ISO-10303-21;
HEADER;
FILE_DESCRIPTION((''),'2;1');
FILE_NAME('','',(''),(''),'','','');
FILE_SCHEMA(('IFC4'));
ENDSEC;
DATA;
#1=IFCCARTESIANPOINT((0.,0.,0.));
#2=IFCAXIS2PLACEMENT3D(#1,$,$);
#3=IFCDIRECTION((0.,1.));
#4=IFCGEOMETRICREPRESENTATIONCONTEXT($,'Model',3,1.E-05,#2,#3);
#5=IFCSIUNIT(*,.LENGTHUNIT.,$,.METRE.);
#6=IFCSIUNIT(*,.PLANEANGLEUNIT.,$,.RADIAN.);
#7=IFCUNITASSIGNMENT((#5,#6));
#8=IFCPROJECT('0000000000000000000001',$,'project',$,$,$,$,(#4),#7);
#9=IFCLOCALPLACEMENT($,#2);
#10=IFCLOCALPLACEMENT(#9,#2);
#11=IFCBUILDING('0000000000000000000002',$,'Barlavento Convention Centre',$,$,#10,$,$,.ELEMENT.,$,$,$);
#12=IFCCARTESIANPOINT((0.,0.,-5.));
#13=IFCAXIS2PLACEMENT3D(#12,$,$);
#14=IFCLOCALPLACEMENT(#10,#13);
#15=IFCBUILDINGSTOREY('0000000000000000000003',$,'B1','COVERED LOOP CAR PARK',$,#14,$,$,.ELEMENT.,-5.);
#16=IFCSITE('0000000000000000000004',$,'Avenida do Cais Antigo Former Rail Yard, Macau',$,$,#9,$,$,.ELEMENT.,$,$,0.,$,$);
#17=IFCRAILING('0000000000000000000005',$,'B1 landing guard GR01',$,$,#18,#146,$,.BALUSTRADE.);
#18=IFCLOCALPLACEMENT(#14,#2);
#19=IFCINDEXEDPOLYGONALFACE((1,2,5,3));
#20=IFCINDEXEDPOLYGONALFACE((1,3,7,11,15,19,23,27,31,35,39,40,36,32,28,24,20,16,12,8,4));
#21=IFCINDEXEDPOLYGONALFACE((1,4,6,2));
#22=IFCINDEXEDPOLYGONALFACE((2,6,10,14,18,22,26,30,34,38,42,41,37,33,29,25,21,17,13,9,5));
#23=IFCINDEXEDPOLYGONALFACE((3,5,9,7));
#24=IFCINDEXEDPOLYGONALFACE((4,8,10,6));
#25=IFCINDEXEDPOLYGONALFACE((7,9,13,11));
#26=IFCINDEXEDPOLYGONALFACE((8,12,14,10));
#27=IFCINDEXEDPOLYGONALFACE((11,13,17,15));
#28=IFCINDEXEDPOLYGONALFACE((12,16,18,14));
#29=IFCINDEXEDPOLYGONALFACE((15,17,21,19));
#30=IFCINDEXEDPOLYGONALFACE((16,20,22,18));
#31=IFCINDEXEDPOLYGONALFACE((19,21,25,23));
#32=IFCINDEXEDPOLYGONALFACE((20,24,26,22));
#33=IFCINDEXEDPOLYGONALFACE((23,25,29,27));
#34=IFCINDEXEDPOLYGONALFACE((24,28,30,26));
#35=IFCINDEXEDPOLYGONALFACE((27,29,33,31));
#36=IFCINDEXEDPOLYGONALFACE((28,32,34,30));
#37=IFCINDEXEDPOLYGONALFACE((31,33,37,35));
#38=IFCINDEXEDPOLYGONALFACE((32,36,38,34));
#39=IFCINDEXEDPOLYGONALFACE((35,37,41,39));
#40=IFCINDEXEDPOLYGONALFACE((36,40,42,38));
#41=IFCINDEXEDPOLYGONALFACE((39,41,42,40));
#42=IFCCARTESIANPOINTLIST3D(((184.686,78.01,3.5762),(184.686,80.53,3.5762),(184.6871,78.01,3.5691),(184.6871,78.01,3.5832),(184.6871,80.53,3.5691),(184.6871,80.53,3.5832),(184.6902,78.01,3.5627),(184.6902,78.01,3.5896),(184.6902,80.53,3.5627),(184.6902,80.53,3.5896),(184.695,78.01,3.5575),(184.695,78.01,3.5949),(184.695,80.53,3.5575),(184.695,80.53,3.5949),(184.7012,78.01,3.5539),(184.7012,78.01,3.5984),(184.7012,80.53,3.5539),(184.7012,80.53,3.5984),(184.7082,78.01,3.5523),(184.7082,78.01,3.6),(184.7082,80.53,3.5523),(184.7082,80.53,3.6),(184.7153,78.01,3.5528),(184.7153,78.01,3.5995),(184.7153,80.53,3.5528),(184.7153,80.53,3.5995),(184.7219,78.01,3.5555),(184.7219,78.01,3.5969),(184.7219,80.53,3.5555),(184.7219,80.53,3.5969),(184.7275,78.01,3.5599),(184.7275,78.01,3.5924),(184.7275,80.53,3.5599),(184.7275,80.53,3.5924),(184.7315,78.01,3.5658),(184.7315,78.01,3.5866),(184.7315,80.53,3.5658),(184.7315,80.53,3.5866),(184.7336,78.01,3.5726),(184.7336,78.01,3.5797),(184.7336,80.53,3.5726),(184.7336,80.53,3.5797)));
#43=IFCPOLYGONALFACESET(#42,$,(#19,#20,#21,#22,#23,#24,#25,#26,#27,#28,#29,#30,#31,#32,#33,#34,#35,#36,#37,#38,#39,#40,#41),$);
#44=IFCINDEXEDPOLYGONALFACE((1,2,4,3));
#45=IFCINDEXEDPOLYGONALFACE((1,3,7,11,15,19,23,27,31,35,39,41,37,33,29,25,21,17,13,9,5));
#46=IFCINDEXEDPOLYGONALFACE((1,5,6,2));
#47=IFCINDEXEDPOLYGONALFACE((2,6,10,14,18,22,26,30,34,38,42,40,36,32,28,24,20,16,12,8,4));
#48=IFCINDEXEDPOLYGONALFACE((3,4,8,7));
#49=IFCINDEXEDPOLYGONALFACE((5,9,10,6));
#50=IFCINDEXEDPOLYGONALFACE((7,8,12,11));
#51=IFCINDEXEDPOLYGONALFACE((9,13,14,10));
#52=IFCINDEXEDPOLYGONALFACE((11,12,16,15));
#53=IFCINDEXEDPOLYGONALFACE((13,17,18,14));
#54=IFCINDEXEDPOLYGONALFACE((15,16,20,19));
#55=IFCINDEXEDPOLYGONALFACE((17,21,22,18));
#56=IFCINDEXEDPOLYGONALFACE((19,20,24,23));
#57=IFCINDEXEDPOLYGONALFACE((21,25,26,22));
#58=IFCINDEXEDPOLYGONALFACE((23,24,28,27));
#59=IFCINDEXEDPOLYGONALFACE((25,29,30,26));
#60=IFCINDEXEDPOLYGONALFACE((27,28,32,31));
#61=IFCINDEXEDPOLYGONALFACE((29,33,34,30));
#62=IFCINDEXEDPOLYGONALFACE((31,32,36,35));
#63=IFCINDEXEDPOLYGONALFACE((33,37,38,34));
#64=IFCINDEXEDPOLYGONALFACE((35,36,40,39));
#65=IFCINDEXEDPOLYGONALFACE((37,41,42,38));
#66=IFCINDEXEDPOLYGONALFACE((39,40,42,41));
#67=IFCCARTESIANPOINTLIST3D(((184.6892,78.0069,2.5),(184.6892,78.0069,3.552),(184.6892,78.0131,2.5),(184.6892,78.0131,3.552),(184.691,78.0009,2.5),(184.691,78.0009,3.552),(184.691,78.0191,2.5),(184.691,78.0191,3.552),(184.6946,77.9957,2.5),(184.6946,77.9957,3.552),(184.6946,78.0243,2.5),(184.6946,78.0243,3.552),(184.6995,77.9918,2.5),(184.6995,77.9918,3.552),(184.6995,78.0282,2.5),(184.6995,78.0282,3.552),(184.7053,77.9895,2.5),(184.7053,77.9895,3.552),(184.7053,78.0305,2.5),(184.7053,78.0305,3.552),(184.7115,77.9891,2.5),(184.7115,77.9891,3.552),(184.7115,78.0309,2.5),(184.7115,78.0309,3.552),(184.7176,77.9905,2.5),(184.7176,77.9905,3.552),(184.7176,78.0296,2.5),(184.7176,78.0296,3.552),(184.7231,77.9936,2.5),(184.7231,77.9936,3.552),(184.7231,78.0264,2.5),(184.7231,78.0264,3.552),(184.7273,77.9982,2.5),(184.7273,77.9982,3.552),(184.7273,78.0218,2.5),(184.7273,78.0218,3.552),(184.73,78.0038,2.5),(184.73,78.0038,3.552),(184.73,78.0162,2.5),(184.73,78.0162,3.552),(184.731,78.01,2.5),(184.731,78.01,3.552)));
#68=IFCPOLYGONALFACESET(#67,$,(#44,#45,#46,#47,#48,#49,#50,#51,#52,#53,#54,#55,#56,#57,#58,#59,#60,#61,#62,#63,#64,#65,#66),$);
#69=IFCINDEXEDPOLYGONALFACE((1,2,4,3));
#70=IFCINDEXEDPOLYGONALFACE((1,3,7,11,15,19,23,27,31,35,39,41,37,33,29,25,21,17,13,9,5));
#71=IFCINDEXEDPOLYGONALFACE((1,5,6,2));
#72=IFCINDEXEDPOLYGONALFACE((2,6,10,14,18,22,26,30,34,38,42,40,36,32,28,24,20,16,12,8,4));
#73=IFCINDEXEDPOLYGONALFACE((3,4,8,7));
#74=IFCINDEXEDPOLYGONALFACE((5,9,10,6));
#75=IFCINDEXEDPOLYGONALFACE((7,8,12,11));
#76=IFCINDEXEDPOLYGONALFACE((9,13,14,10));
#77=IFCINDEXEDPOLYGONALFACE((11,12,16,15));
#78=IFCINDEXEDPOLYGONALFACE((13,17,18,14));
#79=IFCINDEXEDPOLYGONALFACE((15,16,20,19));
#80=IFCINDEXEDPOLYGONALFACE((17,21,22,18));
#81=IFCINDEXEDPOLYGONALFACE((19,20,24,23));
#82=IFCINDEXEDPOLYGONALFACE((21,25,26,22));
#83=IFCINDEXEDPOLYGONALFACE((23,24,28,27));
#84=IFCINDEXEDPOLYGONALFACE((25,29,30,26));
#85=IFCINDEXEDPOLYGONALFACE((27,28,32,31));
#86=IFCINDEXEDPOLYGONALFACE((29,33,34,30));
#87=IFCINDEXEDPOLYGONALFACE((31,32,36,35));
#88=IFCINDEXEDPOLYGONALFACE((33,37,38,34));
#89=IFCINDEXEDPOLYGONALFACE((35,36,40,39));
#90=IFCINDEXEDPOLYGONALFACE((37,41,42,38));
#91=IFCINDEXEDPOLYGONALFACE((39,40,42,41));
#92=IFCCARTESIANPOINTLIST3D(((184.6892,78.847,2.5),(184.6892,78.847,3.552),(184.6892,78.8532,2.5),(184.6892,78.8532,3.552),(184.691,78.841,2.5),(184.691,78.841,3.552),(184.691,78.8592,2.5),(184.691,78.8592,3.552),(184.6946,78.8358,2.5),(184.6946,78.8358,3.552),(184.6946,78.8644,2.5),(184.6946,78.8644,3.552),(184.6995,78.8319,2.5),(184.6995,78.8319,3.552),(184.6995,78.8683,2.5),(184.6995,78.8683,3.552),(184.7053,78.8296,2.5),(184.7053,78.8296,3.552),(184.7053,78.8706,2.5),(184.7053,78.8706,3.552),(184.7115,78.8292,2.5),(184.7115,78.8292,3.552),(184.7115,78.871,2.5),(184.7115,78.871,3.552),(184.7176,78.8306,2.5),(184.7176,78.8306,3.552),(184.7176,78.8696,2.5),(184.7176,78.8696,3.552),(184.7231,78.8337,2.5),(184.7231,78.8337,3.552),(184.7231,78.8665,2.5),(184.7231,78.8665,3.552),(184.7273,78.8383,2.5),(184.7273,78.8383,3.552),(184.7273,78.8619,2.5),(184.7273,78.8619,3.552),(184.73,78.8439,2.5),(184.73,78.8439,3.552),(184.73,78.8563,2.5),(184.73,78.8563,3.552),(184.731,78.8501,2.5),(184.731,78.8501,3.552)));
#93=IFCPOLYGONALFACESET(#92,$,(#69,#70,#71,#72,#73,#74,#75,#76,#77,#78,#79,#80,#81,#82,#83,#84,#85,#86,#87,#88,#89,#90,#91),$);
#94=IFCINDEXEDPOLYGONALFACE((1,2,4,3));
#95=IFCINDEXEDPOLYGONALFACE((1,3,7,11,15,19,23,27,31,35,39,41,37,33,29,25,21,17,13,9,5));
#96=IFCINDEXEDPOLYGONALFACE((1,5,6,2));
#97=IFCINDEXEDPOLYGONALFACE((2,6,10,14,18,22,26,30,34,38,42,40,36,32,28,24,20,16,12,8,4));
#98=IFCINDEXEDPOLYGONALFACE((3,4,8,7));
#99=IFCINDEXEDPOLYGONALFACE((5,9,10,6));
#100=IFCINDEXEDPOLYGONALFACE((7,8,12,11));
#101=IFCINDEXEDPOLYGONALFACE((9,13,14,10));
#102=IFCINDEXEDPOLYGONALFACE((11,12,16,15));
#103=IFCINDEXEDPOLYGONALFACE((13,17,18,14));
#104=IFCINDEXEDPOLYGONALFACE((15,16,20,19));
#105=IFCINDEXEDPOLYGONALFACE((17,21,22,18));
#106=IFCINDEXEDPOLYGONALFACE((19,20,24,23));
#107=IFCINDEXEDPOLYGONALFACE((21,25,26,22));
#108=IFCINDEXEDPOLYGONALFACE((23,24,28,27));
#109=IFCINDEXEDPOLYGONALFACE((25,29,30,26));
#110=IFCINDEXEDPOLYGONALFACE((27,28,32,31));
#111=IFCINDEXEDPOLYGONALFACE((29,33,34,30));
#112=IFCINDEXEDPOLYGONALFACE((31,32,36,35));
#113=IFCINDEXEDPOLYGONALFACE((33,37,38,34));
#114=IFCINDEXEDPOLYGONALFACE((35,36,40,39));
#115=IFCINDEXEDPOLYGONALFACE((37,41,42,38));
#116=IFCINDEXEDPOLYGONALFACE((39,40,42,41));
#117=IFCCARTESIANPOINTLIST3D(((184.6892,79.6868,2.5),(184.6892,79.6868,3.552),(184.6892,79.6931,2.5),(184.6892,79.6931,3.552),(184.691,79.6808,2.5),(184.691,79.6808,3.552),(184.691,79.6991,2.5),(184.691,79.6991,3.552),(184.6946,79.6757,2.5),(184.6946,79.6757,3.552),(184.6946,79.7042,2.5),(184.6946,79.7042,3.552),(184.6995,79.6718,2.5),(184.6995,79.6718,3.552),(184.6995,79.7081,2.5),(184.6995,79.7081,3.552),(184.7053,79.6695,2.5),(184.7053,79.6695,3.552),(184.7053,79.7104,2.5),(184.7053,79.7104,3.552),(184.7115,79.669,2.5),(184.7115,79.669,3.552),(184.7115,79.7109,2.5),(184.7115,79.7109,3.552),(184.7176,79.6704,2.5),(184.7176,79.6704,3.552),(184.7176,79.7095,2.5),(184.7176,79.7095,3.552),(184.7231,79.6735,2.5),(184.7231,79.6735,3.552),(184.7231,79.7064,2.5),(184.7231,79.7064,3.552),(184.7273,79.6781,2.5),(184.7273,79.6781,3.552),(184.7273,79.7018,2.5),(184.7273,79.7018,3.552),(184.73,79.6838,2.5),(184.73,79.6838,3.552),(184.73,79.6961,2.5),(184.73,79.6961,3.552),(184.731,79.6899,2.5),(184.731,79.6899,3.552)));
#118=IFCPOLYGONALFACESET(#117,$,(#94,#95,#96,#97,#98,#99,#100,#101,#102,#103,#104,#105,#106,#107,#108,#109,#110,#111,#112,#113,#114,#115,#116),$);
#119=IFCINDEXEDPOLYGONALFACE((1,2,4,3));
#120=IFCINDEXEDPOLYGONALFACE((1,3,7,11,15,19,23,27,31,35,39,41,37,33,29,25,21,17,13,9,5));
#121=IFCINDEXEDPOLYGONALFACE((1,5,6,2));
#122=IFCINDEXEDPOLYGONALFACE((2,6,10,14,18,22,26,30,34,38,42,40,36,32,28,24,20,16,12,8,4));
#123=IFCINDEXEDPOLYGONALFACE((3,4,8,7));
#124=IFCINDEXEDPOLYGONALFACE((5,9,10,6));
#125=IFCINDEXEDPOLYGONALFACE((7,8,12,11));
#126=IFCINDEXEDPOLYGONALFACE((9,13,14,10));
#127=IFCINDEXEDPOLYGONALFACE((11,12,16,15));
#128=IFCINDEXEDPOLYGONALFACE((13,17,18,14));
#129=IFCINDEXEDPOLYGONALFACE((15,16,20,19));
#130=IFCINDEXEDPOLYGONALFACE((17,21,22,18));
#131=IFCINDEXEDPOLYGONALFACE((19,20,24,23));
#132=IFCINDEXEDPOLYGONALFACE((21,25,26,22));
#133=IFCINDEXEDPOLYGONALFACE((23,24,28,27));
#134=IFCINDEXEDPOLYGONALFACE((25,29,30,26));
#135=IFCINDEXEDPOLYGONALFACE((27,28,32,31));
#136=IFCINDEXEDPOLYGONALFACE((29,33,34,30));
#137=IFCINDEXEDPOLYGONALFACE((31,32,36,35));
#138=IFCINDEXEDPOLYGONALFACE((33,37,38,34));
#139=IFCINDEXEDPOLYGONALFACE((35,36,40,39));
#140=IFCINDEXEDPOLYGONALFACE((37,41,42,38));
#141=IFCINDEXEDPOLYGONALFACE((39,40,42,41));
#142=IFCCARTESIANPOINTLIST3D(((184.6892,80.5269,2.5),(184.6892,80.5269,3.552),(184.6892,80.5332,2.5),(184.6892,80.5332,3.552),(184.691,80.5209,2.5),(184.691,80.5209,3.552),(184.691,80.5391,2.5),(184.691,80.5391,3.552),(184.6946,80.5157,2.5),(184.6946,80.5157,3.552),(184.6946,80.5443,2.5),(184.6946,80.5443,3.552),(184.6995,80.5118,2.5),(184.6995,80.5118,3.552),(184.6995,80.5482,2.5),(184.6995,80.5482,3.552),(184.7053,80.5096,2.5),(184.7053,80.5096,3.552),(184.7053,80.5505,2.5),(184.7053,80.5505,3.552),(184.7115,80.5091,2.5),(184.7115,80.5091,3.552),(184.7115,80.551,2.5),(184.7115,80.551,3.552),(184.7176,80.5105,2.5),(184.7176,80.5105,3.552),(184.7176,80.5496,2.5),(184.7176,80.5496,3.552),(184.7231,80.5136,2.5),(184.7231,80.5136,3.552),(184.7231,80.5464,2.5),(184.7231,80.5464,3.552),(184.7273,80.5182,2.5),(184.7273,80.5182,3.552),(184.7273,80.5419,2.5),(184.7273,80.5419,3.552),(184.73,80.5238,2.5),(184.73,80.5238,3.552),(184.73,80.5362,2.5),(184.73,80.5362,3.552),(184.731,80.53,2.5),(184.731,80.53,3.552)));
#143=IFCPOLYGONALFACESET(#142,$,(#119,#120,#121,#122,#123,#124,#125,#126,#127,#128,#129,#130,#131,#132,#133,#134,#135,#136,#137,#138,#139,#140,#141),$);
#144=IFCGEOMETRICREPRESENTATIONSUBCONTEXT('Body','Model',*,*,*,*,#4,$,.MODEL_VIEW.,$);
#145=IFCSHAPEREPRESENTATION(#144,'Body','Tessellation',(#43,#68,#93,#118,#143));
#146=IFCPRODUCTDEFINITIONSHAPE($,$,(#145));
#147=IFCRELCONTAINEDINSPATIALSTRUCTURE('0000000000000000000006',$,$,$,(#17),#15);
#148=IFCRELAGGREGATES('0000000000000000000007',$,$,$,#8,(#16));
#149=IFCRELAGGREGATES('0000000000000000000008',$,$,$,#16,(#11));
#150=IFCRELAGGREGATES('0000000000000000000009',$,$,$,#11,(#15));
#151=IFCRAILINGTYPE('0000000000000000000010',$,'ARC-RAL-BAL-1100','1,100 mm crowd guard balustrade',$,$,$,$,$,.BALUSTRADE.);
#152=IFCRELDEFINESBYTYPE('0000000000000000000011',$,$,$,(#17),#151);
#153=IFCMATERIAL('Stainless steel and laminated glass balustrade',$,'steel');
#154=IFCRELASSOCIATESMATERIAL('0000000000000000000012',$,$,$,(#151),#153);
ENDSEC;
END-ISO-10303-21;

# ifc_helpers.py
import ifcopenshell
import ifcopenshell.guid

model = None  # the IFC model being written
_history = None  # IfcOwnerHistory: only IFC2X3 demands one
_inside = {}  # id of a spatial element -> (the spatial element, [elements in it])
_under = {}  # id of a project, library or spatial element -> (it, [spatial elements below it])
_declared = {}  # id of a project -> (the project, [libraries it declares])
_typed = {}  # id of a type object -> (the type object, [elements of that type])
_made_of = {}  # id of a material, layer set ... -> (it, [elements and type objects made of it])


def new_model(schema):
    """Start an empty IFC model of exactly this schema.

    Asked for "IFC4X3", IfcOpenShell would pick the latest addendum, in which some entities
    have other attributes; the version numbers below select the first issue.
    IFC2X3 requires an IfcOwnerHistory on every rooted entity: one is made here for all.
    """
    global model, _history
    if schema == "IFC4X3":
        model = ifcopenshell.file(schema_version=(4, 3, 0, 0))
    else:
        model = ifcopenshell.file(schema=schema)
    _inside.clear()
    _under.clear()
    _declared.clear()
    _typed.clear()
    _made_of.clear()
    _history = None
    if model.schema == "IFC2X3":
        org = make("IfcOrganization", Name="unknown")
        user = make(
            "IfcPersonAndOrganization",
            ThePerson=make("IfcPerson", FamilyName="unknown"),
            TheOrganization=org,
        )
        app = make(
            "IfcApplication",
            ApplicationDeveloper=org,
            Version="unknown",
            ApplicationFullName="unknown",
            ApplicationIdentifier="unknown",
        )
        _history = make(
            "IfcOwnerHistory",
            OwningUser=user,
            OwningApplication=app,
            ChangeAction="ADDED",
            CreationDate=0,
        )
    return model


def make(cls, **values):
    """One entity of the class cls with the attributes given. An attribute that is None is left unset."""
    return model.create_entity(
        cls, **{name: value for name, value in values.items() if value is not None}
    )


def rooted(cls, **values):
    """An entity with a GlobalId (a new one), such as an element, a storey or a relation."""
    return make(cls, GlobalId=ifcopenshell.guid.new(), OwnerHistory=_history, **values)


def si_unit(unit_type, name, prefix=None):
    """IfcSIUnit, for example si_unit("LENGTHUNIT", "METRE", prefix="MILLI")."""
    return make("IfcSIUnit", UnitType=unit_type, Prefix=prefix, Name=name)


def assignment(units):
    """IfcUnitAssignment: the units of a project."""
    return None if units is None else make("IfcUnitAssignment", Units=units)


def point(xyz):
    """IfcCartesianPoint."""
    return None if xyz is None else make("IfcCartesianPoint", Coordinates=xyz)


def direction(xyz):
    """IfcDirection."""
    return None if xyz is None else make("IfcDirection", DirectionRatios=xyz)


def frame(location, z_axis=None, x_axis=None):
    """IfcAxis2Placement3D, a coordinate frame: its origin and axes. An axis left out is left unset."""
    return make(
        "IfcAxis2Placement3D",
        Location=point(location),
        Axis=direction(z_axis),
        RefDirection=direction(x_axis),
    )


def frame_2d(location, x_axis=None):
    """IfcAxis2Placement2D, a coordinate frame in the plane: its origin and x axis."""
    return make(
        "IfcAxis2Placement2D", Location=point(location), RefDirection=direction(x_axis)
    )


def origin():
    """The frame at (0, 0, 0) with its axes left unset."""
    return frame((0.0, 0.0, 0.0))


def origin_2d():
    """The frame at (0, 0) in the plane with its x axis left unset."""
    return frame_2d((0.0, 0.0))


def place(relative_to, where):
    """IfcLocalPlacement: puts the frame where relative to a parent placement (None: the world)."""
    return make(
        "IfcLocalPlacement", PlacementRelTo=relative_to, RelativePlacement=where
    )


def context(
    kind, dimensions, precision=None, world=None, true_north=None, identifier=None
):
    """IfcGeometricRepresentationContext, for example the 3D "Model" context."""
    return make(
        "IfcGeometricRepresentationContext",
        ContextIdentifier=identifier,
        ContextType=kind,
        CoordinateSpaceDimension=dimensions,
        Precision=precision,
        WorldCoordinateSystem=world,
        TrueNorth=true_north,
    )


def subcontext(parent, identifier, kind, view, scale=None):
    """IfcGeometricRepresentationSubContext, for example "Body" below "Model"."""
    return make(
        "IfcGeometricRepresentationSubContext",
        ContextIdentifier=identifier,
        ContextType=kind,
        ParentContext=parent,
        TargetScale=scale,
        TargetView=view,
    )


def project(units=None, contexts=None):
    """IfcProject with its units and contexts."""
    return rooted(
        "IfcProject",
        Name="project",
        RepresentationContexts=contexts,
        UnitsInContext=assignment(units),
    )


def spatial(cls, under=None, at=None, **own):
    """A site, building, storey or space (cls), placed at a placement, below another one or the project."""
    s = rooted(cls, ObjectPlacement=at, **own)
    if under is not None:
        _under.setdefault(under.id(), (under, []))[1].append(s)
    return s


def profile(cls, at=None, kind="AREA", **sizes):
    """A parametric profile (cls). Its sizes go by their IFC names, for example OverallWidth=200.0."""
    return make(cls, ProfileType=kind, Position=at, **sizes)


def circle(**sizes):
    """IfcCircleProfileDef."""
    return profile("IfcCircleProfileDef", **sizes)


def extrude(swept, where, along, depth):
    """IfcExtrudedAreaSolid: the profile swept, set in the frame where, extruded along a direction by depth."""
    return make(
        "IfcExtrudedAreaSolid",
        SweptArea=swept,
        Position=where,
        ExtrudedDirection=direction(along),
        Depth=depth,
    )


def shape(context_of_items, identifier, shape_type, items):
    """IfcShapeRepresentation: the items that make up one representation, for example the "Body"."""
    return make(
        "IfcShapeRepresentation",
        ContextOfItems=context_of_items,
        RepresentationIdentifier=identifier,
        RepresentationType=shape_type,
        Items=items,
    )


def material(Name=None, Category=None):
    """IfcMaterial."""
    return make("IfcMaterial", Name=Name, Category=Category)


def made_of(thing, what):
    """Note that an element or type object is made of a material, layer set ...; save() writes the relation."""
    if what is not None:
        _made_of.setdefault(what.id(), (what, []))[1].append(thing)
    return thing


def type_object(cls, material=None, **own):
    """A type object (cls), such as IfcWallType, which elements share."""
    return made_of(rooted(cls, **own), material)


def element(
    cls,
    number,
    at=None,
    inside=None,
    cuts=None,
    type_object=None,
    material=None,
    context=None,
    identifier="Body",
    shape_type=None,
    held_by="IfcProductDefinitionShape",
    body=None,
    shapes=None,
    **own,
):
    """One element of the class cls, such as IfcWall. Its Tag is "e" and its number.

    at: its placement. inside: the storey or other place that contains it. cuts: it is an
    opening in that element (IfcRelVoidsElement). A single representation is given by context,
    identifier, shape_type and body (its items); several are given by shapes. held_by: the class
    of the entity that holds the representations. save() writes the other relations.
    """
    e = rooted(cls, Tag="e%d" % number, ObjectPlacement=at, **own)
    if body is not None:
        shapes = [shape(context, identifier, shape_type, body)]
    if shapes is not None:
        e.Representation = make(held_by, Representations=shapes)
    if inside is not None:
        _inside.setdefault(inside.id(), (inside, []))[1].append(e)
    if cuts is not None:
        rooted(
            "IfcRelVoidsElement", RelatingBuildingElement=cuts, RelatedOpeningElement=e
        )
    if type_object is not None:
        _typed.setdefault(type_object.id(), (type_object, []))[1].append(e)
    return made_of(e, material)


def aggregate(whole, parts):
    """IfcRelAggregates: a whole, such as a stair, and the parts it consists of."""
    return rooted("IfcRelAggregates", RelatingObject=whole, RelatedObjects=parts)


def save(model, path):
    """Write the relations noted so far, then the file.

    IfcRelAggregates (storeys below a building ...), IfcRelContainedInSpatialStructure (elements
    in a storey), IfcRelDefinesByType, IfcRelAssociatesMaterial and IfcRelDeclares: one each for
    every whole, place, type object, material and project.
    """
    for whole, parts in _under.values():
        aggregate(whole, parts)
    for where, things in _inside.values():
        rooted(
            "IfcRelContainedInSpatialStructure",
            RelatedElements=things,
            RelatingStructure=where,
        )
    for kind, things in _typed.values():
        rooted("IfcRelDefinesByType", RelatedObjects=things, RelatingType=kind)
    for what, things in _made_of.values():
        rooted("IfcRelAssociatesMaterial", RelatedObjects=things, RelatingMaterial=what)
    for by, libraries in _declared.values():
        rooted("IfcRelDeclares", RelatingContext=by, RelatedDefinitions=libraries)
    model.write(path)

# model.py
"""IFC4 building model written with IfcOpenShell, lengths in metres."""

from ifc_helpers import new_model, si_unit, direction, frame, origin, origin_2d, place, context, subcontext, project, spatial, circle, extrude, material, type_object, element, save


model = new_model("IFC4")

# Units and contexts
model_context = context("Model", 3, precision=1e-05, world=origin(), true_north=direction((0.0, 1.0)))
body_context = subcontext(model_context, "Body", "Model", "MODEL_VIEW")
ifc_project = project(units=[si_unit("LENGTHUNIT", "METRE"), si_unit("PLANEANGLEUNIT", "RADIAN")], contexts=[model_context])

# Site, building, storey
site_placement = place(None, origin())
site = spatial("IfcSite", under=ifc_project, at=site_placement, Name="Avenida do Cais Antigo Former Rail Yard, Macau", CompositionType="ELEMENT", RefElevation=0.0)
building_placement = place(site_placement, origin())
building = spatial("IfcBuilding", under=site, at=building_placement, Name="Barlavento Convention Centre", CompositionType="ELEMENT")
storey_placement = place(building_placement, frame((0.0, 0.0, -5.0)))
storey = spatial("IfcBuildingStorey", under=building, at=storey_placement, Name="B1", Description="COVERED LOOP CAR PARK", CompositionType="ELEMENT", Elevation=-5.0)

# Railing
ifc_material_1 = material(Name="Stainless steel and laminated glass balustrade", Category="steel")
railing_type_1 = type_object("IfcRailingType", Name="ARC-RAL-BAL-1100", Description="1,100 mm crowd guard balustrade", PredefinedType="BALUSTRADE", material=ifc_material_1)
for number, where, name in (
    (1, (184.71, 78.01, 2.5), "B1 landing guard GR01"),
):
    element("IfcRailing", number, at=place(storey_placement, frame(where)), inside=storey, type_object=railing_type_1, Name=name, PredefinedType="BALUSTRADE", context=body_context, shape_type="SweptSolid", body=[
        extrude(circle(Radius=0.0239, at=origin_2d()), frame((0.0, 0.0, 1.0762), z_axis=(0.0, 1.0, 0.0), x_axis=(-1.0, 0.0, 0.0)), (0.0, 0.0, 1.0), 2.52),
        extrude(circle(Radius=0.021, at=origin_2d()), origin(), (0.0, 0.0, 1.0), 1.052),
        extrude(circle(Radius=0.021, at=origin_2d()), frame((0.0, 0.8401, 0.0)), (0.0, 0.0, 1.0), 1.052),
        extrude(circle(Radius=0.021, at=origin_2d()), frame((0.0, 1.6799, 0.0)), (0.0, 0.0, 1.0), 1.052),
        extrude(circle(Radius=0.021, at=origin_2d()), frame((0.0, 2.52, 0.0)), (0.0, 0.0, 1.0), 1.052),
    ])

save(model, "model.ifc")
